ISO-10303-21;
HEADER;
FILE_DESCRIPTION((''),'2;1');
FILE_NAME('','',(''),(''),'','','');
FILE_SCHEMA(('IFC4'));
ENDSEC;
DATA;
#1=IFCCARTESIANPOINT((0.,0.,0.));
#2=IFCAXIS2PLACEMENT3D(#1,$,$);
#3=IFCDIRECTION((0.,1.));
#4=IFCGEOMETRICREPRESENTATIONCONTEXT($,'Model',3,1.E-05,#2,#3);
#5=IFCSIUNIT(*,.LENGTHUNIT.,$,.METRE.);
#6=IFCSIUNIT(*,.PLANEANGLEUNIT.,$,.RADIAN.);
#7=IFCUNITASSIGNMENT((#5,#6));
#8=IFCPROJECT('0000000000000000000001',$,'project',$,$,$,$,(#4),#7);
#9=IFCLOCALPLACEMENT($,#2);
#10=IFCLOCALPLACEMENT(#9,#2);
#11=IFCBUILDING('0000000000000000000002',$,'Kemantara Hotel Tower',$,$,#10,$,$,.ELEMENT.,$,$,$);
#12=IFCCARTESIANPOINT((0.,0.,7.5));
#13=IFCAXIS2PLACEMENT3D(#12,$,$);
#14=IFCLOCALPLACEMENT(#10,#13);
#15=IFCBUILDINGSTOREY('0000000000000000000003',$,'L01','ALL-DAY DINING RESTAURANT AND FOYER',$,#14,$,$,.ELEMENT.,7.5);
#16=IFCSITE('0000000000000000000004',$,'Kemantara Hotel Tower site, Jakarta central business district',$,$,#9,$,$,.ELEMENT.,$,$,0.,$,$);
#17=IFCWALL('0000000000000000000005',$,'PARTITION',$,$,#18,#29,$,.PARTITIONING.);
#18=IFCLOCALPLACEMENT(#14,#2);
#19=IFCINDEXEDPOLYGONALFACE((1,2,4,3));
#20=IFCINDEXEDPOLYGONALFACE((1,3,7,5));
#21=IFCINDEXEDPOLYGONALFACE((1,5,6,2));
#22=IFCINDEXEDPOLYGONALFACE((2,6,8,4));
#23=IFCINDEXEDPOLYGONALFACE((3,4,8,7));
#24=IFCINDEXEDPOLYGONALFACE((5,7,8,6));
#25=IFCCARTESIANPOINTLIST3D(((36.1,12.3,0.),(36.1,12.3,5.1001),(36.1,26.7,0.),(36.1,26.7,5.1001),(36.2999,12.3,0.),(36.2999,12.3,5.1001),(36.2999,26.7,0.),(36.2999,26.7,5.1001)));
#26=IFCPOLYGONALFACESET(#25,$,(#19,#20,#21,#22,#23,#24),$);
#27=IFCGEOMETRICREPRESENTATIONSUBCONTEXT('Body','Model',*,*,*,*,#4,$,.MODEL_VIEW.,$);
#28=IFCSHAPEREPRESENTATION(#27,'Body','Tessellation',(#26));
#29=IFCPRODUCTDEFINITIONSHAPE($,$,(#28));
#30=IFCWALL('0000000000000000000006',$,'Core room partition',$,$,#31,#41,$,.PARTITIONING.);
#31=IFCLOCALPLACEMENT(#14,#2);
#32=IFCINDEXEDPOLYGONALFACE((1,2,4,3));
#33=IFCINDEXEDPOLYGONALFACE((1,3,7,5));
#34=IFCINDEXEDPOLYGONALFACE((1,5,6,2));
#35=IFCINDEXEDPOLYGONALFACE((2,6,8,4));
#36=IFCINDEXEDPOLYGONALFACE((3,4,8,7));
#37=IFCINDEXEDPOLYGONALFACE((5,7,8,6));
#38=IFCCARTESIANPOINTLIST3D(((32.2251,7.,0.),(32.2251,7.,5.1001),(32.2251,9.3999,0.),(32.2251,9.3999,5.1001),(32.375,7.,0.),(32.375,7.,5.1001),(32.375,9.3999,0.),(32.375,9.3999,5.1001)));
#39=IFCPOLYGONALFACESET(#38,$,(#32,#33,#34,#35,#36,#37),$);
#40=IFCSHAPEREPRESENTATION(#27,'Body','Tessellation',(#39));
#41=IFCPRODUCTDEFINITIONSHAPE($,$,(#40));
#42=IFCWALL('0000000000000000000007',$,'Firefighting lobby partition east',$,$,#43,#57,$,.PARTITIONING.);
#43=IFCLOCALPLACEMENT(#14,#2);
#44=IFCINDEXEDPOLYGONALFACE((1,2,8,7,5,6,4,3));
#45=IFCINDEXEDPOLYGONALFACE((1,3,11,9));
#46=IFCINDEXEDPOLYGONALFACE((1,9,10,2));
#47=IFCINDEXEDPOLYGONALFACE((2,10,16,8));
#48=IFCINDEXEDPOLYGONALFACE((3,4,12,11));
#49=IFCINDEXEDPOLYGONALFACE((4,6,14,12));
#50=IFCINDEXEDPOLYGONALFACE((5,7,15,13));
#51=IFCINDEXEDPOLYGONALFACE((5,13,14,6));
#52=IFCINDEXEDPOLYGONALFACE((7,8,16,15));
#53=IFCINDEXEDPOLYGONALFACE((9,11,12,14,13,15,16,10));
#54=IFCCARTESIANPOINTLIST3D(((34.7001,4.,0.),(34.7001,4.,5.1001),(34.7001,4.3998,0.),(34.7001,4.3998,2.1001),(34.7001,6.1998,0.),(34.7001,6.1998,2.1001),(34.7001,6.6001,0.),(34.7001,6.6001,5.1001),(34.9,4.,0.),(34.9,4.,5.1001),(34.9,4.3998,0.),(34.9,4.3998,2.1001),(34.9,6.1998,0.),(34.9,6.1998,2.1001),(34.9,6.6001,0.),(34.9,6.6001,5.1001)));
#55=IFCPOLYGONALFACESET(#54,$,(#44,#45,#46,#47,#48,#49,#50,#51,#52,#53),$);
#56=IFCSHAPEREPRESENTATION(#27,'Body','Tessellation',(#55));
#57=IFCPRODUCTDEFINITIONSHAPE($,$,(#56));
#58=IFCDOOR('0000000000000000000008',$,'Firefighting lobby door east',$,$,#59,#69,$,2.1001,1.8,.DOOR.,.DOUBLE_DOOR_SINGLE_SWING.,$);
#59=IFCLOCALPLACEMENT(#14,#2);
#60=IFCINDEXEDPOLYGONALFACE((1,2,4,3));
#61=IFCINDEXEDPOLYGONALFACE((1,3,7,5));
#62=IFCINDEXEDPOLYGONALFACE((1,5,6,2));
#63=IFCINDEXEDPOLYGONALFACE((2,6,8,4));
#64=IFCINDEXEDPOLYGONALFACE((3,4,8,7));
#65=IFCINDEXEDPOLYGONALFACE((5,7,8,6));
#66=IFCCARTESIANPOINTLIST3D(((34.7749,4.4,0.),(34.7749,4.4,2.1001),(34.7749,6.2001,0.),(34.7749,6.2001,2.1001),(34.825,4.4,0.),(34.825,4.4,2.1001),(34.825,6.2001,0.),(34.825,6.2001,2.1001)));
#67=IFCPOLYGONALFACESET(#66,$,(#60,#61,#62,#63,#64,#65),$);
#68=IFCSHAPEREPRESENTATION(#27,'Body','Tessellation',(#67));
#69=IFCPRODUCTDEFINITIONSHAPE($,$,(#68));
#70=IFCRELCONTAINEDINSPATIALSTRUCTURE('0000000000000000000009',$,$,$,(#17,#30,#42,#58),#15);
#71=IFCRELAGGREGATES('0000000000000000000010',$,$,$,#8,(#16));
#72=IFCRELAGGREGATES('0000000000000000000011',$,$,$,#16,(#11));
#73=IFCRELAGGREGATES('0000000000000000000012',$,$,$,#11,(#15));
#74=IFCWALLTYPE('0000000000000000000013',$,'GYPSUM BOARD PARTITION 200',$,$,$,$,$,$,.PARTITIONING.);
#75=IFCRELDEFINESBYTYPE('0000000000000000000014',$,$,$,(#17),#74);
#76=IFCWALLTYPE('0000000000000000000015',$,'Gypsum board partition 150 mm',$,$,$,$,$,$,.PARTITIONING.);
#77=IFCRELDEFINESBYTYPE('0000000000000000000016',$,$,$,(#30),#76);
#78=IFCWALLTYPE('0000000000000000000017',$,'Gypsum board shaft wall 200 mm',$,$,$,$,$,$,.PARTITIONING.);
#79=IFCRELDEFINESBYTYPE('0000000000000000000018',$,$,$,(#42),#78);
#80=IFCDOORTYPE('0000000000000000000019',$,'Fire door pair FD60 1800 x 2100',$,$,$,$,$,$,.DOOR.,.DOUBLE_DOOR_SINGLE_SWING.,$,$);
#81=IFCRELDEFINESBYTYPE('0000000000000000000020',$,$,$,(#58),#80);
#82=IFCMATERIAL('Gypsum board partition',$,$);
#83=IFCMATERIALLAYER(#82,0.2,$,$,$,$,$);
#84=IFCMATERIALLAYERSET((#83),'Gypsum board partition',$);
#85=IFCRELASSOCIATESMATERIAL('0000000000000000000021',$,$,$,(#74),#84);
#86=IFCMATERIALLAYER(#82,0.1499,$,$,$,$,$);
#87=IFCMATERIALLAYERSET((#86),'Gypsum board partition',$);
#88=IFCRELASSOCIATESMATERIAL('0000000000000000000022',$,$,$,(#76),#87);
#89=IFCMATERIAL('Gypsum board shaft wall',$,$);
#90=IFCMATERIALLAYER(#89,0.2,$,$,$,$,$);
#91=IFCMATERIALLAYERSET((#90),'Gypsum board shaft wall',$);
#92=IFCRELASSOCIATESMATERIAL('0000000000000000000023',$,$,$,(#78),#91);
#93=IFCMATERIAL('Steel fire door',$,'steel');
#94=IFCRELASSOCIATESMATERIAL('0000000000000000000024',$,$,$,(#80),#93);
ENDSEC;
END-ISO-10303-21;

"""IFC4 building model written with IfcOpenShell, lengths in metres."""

from ifc_helpers import new_model, si_unit, direction, frame, frame_2d, origin, place, context, subcontext, project, spatial, rectangle, extrude, material, layer, layer_set, type_object, element, fill, save


model = new_model("IFC4")

# Units and contexts
model_context = context("Model", 3, precision=1e-05, world=origin(), true_north=direction((0.0, 1.0)))
body_context = subcontext(model_context, "Body", "Model", "MODEL_VIEW")
ifc_project = project(units=[si_unit("LENGTHUNIT", "METRE"), si_unit("PLANEANGLEUNIT", "RADIAN")], contexts=[model_context])

# Site, building, storey
site_placement = place(None, origin())
site = spatial("IfcSite", under=ifc_project, at=site_placement, Name="Kemantara Hotel Tower site, Jakarta central business district", CompositionType="ELEMENT", RefElevation=0.0)
building_placement = place(site_placement, origin())
building = spatial("IfcBuilding", under=site, at=building_placement, Name="Kemantara Hotel Tower", CompositionType="ELEMENT")
storey_placement = place(building_placement, frame((0.0, 0.0, 7.5)))
storey = spatial("IfcBuildingStorey", under=building, at=storey_placement, Name="L01", Description="ALL-DAY DINING RESTAURANT AND FOYER", CompositionType="ELEMENT", Elevation=7.5)

# Shared definitions
ifc_material_1 = material(Name="Steel fire door", Category="steel")

# Walls
ifc_material_2 = material(Name="Gypsum board partition")
ifc_layer_1 = layer(ifc_material_2, 0.2)
ifc_layer_set_1 = layer_set([ifc_layer_1], Name="Gypsum board partition")
wall_type_1 = type_object("IfcWallType", Name="GYPSUM BOARD PARTITION 200", PredefinedType="PARTITIONING", material=ifc_layer_set_1)
wall_1_placement = place(storey_placement, frame((36.2, 12.3, 0.0), z_axis=(0.0, 0.0, 1.0), x_axis=(0.0, 1.0, 0.0)))
element("IfcWall", 1, at=wall_1_placement, inside=storey, type_object=wall_type_1, Name="PARTITION", PredefinedType="PARTITIONING", context=body_context, shape_type="SweptSolid", body=[
    extrude(rectangle(XDim=14.3999, YDim=0.2, at=frame_2d((7.2, 0.0))), origin(), (0.0, 0.0, 1.0), 5.1001),
])
ifc_layer_2 = layer(ifc_material_2, 0.1499)
ifc_layer_set_2 = layer_set([ifc_layer_2], Name="Gypsum board partition")
wall_type_2 = type_object("IfcWallType", Name="Gypsum board partition 150 mm", PredefinedType="PARTITIONING", material=ifc_layer_set_2)
wall_2_placement = place(storey_placement, frame((32.3, 7.0, 0.0), z_axis=(0.0, 0.0, 1.0), x_axis=(0.0, 1.0, 0.0)))
element("IfcWall", 2, at=wall_2_placement, inside=storey, type_object=wall_type_2, Name="Core room partition", PredefinedType="PARTITIONING", context=body_context, shape_type="SweptSolid", body=[
    extrude(rectangle(XDim=2.3999, YDim=0.1499, at=frame_2d((1.2, 0.0))), origin(), (0.0, 0.0, 1.0), 5.1001),
])

# Wall, opening, door
ifc_material_3 = material(Name="Gypsum board shaft wall")
ifc_layer_3 = layer(ifc_material_3, 0.2)
ifc_layer_set_3 = layer_set([ifc_layer_3], Name="Gypsum board shaft wall")
wall_type_3 = type_object("IfcWallType", Name="Gypsum board shaft wall 200 mm", PredefinedType="PARTITIONING", material=ifc_layer_set_3)
wall_3_placement = place(storey_placement, frame((34.8, 4.0, 0.0), z_axis=(0.0, 0.0, 1.0), x_axis=(0.0, 1.0, 0.0)))
wall_3 = element("IfcWall", 3, at=wall_3_placement, inside=storey, type_object=wall_type_3, Name="Firefighting lobby partition east", PredefinedType="PARTITIONING", context=body_context, shape_type="SweptSolid", body=[
    extrude(rectangle(XDim=2.6001, YDim=0.2, at=frame_2d((1.3, 0.0))), origin(), (0.0, 0.0, 1.0), 5.1001),
])
opening_1_placement = place(wall_3_placement, frame((0.3999, 0.0, 0.0)))
opening_1 = element("IfcOpeningElement", 4, at=opening_1_placement, cuts=wall_3, PredefinedType="OPENING", context=body_context, shape_type="SweptSolid", body=[
    extrude(rectangle(XDim=1.8, YDim=2.1001, at=frame_2d((0.8999, 1.05))), frame((0.0, 0.1099, 0.0), z_axis=(0.0, -1.0, 0.0), x_axis=(1.0, 0.0, 0.0)), (0.0, 0.0, 1.0), 0.22),
])
door_type_1 = type_object("IfcDoorType", Name="Fire door pair FD60 1800 x 2100", OperationType="DOUBLE_DOOR_SINGLE_SWING", PredefinedType="DOOR", material=ifc_material_1)
door_1_placement = place(opening_1_placement, frame((1.8, 0.0, 0.0), z_axis=(0.0, 0.0, 1.0), x_axis=(-1.0, 0.0, 0.0)))
door_1 = element("IfcDoor", 5, at=door_1_placement, inside=storey, type_object=door_type_1, Name="Firefighting lobby door east", OperationType="DOUBLE_DOOR_SINGLE_SWING", OverallHeight=2.1001, OverallWidth=1.8, PredefinedType="DOOR", context=body_context, shape_type="SweptSolid", body=[
    extrude(rectangle(XDim=1.8, YDim=2.1001, at=frame_2d((0.8999, 1.05))), frame((0.0, 0.0249, 0.0), z_axis=(0.0, -1.0, 0.0), x_axis=(1.0, 0.0, 0.0)), (0.0, 0.0, 1.0), 0.05),
])
fill(opening_1, door_1)

save(model, "model.ifc")
